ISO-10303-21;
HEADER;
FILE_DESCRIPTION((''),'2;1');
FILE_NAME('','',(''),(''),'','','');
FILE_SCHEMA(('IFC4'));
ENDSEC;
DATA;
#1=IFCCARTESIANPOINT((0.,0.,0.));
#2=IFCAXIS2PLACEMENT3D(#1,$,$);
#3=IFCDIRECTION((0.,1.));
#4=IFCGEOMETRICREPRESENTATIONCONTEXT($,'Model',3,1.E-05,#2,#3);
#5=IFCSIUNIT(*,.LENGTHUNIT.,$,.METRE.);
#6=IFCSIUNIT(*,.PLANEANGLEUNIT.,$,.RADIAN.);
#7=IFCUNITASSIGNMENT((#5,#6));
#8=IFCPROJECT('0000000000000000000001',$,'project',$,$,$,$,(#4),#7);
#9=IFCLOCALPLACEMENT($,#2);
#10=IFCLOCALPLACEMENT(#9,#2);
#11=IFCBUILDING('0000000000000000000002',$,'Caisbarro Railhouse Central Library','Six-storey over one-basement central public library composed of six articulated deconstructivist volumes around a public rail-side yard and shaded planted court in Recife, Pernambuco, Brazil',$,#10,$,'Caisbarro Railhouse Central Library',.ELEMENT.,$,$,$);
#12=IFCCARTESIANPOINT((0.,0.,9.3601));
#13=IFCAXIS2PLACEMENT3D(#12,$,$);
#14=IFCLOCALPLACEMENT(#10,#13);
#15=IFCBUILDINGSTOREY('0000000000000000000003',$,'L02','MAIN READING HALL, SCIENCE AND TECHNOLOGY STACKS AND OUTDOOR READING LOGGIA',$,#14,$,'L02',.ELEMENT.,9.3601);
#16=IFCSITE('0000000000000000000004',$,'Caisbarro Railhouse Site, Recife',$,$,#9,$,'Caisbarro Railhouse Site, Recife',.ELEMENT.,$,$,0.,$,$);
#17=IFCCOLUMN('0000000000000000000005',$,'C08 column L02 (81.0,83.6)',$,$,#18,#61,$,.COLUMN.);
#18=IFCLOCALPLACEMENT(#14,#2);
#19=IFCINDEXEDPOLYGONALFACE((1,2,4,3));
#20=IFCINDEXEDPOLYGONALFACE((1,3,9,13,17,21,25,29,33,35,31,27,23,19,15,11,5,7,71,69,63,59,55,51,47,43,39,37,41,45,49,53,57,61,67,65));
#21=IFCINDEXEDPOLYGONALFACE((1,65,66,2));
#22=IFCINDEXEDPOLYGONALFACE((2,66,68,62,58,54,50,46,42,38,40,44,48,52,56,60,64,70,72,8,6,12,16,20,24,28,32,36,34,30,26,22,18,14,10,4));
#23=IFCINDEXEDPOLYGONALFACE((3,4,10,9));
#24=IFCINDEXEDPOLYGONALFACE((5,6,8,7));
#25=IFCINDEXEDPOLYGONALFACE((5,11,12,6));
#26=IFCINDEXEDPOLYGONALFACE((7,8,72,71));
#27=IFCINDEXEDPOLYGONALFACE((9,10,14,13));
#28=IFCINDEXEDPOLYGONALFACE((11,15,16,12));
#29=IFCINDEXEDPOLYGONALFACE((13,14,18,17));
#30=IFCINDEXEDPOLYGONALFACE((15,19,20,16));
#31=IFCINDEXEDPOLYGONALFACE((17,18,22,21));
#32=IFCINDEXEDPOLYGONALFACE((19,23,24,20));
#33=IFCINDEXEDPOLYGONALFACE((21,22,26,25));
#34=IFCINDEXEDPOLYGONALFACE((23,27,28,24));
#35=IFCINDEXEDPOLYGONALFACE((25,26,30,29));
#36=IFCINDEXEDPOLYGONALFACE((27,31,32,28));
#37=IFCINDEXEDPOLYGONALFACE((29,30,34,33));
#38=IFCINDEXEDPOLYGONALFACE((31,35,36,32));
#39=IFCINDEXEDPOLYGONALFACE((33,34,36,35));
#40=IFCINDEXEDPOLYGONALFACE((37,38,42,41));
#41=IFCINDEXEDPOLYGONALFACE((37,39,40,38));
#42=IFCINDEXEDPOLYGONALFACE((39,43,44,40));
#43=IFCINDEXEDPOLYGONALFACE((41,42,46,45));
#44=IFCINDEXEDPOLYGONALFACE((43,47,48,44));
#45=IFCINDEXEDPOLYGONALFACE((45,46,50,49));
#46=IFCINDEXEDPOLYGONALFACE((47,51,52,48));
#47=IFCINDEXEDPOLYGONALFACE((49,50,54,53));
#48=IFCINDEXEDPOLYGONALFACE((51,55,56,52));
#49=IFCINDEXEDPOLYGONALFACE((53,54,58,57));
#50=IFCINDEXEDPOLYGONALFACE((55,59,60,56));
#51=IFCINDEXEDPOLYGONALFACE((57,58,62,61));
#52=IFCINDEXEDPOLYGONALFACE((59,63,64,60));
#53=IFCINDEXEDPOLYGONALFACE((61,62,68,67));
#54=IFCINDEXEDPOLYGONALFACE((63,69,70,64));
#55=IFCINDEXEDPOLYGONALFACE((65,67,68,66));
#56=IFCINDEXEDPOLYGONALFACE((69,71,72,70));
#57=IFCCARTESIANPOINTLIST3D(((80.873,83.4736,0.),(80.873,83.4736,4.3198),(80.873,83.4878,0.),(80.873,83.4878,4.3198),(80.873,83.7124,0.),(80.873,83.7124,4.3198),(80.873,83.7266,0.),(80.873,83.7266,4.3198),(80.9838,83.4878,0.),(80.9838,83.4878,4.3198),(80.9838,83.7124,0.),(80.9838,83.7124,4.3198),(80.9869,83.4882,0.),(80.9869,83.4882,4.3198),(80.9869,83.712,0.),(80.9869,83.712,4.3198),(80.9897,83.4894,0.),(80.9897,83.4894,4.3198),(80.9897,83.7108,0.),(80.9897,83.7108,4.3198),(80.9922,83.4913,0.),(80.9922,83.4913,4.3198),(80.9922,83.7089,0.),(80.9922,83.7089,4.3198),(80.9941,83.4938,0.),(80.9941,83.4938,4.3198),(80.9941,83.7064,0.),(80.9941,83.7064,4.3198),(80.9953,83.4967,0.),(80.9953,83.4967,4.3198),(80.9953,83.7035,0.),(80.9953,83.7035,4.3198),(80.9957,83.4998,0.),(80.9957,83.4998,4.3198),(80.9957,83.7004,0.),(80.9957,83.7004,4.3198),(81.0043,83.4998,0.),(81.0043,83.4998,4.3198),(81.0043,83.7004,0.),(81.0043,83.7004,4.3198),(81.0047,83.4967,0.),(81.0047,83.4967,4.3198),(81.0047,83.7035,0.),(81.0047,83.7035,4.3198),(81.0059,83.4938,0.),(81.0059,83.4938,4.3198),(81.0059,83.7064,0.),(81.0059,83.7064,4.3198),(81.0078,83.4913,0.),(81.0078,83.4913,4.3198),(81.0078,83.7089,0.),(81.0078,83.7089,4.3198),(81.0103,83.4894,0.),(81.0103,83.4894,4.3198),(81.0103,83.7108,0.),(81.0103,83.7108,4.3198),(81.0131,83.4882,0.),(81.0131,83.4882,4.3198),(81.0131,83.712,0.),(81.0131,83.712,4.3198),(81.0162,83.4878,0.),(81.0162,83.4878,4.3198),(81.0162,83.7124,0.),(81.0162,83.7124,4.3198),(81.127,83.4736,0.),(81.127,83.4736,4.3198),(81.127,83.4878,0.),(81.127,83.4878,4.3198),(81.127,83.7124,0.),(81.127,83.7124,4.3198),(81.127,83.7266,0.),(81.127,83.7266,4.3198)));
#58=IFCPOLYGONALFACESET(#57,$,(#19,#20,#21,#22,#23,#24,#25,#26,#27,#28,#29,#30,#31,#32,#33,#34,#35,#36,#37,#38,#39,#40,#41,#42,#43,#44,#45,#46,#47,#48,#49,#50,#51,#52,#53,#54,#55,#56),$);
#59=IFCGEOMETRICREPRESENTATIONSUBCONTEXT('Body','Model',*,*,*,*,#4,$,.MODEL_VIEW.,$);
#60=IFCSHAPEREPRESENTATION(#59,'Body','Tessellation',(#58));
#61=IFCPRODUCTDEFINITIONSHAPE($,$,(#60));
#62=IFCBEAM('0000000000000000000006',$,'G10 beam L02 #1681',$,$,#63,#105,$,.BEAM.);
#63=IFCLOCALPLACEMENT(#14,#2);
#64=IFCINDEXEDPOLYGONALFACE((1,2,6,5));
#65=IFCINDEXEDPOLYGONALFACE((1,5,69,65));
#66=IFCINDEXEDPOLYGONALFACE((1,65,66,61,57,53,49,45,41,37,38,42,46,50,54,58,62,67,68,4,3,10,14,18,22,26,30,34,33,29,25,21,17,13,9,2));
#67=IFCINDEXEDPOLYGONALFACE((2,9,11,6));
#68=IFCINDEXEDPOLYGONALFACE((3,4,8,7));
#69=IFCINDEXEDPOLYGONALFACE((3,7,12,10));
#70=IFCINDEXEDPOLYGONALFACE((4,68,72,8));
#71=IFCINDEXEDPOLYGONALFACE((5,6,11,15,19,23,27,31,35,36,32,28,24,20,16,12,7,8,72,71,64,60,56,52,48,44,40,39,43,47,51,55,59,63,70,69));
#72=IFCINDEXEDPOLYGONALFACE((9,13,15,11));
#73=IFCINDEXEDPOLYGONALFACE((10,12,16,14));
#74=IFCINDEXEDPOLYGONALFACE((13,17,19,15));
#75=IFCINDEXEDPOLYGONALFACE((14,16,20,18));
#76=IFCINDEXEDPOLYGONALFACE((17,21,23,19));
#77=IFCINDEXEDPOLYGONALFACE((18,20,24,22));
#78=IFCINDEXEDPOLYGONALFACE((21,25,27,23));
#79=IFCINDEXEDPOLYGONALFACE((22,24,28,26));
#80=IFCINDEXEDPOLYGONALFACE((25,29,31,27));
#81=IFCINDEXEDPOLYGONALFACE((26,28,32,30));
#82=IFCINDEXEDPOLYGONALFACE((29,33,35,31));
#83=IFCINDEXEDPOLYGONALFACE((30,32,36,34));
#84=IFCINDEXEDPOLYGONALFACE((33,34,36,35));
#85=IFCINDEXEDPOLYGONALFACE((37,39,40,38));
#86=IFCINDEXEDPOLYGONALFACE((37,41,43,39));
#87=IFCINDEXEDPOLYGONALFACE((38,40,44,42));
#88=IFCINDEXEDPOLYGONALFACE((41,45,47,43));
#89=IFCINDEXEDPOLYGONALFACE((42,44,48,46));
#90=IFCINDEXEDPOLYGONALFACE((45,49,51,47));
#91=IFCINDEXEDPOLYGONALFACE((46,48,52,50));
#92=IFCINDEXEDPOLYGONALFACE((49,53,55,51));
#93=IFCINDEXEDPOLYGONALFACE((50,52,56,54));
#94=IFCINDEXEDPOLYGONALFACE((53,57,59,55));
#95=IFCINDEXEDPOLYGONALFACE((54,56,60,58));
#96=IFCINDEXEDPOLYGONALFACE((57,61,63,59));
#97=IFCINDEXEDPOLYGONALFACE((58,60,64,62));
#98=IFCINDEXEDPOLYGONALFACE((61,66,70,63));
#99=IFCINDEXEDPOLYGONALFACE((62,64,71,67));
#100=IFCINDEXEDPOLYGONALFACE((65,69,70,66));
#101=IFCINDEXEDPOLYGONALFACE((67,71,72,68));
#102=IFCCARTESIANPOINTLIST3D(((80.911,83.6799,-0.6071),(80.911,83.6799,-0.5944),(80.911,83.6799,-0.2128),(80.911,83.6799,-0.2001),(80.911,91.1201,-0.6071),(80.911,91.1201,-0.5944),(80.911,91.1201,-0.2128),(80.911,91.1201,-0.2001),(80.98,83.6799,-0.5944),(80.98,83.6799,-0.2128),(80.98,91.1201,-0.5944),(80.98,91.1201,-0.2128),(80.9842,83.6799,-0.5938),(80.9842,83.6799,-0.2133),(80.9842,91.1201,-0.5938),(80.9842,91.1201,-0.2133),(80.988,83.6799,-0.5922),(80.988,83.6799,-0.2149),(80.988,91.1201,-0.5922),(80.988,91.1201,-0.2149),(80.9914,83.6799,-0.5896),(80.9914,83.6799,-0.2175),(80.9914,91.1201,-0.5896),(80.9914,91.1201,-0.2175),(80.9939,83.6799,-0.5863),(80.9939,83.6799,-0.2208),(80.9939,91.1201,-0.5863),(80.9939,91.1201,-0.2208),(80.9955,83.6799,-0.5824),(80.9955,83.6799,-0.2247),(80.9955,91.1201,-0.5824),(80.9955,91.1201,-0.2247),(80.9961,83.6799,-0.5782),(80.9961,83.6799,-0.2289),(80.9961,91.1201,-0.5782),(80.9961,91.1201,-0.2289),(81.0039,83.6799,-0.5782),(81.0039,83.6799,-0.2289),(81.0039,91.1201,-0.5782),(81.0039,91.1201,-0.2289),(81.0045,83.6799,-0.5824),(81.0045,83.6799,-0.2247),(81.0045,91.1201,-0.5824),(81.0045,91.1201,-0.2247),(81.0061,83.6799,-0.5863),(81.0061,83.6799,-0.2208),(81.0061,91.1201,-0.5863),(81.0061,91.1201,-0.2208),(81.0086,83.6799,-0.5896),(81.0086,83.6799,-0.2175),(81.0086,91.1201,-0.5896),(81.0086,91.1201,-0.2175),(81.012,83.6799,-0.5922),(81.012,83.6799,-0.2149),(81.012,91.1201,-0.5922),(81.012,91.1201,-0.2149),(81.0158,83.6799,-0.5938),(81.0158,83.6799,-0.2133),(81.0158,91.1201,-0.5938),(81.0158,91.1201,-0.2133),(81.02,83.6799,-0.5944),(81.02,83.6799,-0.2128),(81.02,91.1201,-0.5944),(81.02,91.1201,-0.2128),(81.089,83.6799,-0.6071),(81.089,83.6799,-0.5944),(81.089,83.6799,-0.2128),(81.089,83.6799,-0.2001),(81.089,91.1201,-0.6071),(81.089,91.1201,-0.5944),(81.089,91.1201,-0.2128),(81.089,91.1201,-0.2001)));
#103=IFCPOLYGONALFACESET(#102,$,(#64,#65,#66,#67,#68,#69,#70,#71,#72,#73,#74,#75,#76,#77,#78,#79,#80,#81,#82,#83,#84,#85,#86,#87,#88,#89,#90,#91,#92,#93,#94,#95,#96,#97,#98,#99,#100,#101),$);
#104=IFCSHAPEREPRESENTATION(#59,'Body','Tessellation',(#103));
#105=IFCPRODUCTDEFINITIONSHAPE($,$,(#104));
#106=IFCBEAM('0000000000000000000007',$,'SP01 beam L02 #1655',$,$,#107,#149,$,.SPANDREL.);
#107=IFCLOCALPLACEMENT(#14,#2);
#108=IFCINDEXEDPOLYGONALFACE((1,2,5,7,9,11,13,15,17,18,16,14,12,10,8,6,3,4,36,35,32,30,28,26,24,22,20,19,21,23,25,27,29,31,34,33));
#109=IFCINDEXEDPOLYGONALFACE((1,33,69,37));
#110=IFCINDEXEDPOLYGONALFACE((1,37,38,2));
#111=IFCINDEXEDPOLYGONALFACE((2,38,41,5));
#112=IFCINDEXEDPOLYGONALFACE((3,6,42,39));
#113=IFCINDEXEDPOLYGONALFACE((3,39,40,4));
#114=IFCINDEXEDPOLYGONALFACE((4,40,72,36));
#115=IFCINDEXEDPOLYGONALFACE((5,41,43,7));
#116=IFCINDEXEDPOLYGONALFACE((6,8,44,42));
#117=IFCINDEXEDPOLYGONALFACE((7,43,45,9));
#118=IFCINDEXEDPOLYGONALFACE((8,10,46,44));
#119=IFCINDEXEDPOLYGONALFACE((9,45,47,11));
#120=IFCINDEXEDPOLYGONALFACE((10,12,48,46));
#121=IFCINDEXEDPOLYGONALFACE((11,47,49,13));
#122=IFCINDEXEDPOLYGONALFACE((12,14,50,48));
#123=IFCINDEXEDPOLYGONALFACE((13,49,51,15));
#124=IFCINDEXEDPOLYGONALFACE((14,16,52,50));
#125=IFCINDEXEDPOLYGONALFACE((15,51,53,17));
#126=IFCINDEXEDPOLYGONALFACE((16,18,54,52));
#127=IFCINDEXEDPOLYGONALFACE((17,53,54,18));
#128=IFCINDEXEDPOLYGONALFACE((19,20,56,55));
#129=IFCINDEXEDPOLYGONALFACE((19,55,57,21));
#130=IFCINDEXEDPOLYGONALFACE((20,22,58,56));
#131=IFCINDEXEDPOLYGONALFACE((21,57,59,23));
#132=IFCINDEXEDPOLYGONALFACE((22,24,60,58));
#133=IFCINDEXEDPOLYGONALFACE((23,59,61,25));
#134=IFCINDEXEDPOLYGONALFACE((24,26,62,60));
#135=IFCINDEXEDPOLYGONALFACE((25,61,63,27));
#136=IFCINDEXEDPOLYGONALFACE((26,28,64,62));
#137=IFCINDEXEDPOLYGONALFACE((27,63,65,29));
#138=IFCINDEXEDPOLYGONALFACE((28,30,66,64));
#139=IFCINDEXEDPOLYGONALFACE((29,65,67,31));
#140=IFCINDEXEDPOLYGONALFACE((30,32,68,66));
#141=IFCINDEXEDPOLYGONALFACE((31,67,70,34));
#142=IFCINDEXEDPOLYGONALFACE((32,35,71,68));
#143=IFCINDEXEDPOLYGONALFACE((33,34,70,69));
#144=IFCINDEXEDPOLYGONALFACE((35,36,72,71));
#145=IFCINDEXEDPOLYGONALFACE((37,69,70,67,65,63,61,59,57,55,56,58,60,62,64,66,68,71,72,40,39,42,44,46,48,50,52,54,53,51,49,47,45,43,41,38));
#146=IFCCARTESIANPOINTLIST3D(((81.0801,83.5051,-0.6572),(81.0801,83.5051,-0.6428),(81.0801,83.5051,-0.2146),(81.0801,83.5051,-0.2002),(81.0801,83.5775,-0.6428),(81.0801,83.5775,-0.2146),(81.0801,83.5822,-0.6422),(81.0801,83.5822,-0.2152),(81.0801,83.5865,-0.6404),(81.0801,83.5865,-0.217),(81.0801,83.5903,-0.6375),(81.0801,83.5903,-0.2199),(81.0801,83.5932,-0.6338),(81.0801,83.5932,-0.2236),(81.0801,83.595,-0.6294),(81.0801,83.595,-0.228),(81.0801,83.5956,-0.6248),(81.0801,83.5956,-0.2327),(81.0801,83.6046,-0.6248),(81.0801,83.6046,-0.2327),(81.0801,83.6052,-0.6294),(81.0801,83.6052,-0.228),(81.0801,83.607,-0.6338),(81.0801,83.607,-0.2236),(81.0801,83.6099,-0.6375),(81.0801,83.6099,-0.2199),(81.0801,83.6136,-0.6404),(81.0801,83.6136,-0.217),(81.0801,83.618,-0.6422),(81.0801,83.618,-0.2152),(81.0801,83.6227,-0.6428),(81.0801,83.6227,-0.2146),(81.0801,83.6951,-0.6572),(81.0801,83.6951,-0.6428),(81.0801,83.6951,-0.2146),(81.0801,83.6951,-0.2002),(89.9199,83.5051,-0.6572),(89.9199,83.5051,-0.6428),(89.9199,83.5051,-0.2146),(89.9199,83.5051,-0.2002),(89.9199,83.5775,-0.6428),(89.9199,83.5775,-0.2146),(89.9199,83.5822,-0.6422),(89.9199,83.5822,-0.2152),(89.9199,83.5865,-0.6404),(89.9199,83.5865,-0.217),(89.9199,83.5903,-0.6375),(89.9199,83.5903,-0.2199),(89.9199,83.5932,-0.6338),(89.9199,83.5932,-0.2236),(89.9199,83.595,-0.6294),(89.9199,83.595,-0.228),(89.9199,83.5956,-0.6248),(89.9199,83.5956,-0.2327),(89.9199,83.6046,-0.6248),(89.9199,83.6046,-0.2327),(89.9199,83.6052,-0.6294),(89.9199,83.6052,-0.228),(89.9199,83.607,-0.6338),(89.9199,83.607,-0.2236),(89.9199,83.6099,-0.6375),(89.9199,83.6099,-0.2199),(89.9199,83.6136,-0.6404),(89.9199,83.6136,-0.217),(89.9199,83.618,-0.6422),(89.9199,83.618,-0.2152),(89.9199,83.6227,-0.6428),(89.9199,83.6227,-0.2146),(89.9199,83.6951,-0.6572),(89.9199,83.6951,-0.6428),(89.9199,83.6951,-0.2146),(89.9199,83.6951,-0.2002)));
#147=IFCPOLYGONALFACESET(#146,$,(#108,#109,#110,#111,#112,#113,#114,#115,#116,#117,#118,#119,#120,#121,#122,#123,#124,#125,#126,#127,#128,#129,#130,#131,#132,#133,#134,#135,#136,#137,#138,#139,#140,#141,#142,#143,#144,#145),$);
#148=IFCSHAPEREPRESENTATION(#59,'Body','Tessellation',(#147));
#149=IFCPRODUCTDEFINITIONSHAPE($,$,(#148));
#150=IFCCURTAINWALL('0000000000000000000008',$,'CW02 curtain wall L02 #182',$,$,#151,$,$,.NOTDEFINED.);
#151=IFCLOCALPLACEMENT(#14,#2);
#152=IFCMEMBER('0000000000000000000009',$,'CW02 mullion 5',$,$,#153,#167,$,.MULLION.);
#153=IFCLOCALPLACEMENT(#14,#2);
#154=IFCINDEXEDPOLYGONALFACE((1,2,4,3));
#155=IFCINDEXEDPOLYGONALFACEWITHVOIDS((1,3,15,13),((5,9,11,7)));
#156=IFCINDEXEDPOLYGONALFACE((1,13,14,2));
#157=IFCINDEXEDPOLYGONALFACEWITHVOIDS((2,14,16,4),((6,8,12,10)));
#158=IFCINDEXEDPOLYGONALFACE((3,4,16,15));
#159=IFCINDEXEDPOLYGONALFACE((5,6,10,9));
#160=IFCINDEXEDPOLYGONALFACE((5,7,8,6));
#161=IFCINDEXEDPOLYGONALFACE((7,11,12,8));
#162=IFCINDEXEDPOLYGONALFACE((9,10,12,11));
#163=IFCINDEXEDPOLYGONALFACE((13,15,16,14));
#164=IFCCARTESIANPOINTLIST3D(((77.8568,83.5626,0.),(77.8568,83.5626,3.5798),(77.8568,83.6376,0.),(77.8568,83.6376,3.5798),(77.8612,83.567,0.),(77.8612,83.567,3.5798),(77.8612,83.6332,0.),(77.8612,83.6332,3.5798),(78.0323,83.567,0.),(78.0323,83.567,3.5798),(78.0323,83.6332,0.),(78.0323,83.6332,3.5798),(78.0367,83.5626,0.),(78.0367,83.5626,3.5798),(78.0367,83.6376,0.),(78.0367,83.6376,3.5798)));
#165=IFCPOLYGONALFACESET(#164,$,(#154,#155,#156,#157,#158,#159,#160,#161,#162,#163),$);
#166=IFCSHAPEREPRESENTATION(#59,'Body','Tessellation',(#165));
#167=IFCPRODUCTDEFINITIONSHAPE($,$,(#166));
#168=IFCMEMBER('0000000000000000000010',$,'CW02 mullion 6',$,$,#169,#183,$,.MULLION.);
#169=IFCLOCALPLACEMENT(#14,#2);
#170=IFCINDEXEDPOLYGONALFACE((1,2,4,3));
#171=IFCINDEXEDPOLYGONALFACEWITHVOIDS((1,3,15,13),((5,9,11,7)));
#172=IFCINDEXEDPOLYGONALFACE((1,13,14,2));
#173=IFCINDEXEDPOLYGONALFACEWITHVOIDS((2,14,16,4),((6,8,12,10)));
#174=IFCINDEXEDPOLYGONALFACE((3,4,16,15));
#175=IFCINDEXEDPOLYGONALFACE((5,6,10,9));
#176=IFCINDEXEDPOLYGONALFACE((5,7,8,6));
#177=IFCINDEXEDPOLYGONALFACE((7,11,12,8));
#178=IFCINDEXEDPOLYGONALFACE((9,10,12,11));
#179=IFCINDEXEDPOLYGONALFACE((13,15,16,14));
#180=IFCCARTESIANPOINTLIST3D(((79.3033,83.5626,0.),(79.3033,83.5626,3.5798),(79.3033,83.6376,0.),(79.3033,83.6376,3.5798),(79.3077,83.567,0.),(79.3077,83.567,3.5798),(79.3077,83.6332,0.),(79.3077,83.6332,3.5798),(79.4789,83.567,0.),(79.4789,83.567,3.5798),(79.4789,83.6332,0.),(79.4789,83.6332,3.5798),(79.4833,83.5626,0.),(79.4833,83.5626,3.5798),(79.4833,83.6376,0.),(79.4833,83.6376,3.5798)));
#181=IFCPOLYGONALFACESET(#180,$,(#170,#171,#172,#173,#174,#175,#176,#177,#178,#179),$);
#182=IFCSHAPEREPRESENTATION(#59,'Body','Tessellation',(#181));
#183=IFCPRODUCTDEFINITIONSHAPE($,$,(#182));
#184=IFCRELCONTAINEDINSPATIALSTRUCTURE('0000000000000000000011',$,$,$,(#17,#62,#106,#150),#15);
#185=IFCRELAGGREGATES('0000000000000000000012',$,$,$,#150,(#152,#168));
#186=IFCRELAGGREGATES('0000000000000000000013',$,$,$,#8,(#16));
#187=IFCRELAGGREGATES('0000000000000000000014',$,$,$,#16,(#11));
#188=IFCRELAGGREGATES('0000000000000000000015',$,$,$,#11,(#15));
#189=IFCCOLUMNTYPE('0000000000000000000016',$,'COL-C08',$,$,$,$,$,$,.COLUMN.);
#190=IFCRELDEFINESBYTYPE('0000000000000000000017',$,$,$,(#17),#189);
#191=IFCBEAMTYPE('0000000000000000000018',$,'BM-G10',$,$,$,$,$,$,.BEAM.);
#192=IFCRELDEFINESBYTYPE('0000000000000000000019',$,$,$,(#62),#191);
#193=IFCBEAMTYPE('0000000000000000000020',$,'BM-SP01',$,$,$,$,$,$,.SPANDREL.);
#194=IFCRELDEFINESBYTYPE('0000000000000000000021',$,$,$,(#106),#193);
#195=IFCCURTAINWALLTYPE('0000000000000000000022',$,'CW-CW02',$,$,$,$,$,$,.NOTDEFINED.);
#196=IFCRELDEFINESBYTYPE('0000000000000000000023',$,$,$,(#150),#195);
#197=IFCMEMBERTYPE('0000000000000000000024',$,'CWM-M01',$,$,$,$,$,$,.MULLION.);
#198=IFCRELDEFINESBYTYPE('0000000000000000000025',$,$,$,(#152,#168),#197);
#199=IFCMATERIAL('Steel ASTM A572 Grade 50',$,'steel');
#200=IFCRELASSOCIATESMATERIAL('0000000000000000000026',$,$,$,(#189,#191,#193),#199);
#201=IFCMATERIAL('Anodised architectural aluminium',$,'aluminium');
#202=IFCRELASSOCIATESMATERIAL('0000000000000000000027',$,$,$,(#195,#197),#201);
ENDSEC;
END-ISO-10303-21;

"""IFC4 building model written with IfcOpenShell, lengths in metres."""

from ifc_helpers import new_model, si_unit, direction, frame, origin, origin_2d, place, context, subcontext, project, spatial, hollow_rectangle, i_section, extrude, material, material_profile, profile_set, type_object, element, aggregate, save


model = new_model("IFC4")

# Units and contexts
model_context = context("Model", 3, precision=1e-05, world=origin(), true_north=direction((0.0, 1.0)))
body_context = subcontext(model_context, "Body", "Model", "MODEL_VIEW")
ifc_project = project(units=[si_unit("LENGTHUNIT", "METRE"), si_unit("PLANEANGLEUNIT", "RADIAN")], contexts=[model_context])

# Site, building, storey
site_placement = place(None, origin())
site = spatial("IfcSite", under=ifc_project, at=site_placement, Name="Caisbarro Railhouse Site, Recife", LongName="Caisbarro Railhouse Site, Recife", CompositionType="ELEMENT", RefElevation=0.0)
building_placement = place(site_placement, origin())
building = spatial("IfcBuilding", under=site, at=building_placement, Name="Caisbarro Railhouse Central Library", Description="Six-storey over one-basement central public library composed of six articulated deconstructivist volumes around a public rail-side yard and shaded planted court in Recife, Pernambuco, Brazil", LongName="Caisbarro Railhouse Central Library", CompositionType="ELEMENT")
storey_placement = place(building_placement, frame((0.0, 0.0, 9.3601)))
storey = spatial("IfcBuildingStorey", under=building, at=storey_placement, Name="L02", Description="MAIN READING HALL, SCIENCE AND TECHNOLOGY STACKS AND OUTDOOR READING LOGGIA", LongName="L02", CompositionType="ELEMENT", Elevation=9.3601)

# Column
ifc_material_1 = material(Name="Steel ASTM A572 Grade 50", Category="steel")
ifc_material_profile_1 = material_profile(ifc_material_1, i_section(OverallWidth=0.2539, OverallDepth=0.2529, WebThickness=0.0085, FlangeThickness=0.0142, FilletRadius=0.012, at=origin_2d()), Name="W250X73.0")
ifc_profile_set_1 = profile_set([ifc_material_profile_1], Name="Steel ASTM A572 Grade 50")
column_type = type_object("IfcColumnType", Name="COL-C08", PredefinedType="COLUMN", material=ifc_profile_set_1)
column_placement = place(storey_placement, frame((81.0, 83.6001, 0.0), z_axis=(0.0, 0.0, 1.0), x_axis=(1.0, 0.0, 0.0)))
element("IfcColumn", 1, at=column_placement, inside=storey, type_object=column_type, Name="C08 column L02 (81.0,83.6)", PredefinedType="COLUMN", context=body_context, shape_type="SweptSolid", body=[
    extrude(i_section(OverallWidth=0.2539, OverallDepth=0.2529, WebThickness=0.0085, FlangeThickness=0.0142, FilletRadius=0.012, at=origin_2d()), origin(), (0.0, 0.0, 1.0), 4.3198),
])

# Beams
ifc_material_profile_2 = material_profile(ifc_material_1, i_section(OverallWidth=0.178, OverallDepth=0.407, WebThickness=0.0078, FlangeThickness=0.0127, FilletRadius=0.0161, at=origin_2d()), Name="W410X60.0")
ifc_profile_set_2 = profile_set([ifc_material_profile_2], Name="Steel ASTM A572 Grade 50")
beam_type_1 = type_object("IfcBeamType", Name="BM-G10", PredefinedType="BEAM", material=ifc_profile_set_2)
beam_1_placement = place(storey_placement, frame((81.0, 83.6799, -0.4036), z_axis=(0.0, 1.0, 0.0), x_axis=(-1.0, 0.0, 0.0)))
element("IfcBeam", 2, at=beam_1_placement, inside=storey, type_object=beam_type_1, Name="G10 beam L02 #1681", PredefinedType="BEAM", context=body_context, shape_type="SweptSolid", body=[
    extrude(i_section(OverallWidth=0.178, OverallDepth=0.407, WebThickness=0.0078, FlangeThickness=0.0127, FilletRadius=0.0161, at=origin_2d()), origin(), (0.0, 0.0, 1.0), 7.4402),
])
ifc_material_profile_3 = material_profile(ifc_material_1, i_section(OverallWidth=0.1899, OverallDepth=0.457, WebThickness=0.009, FlangeThickness=0.0144, FilletRadius=0.0181, at=origin_2d()), Name="W460X74.0")
ifc_profile_set_3 = profile_set([ifc_material_profile_3], Name="Steel ASTM A572 Grade 50")
beam_type_2 = type_object("IfcBeamType", Name="BM-SP01", PredefinedType="SPANDREL", material=ifc_profile_set_3)
beam_2_placement = place(storey_placement, frame((81.0801, 83.6001, -0.4287), z_axis=(1.0, 0.0, 0.0), x_axis=(0.0, 1.0, 0.0)))
element("IfcBeam", 3, at=beam_2_placement, inside=storey, type_object=beam_type_2, Name="SP01 beam L02 #1655", PredefinedType="SPANDREL", context=body_context, shape_type="SweptSolid", body=[
    extrude(i_section(OverallWidth=0.1899, OverallDepth=0.457, WebThickness=0.009, FlangeThickness=0.0144, FilletRadius=0.0181, at=origin_2d()), origin(), (0.0, 0.0, 1.0), 8.8398),
])

# Curtain wall, members
ifc_material_2 = material(Name="Anodised architectural aluminium", Category="aluminium")
curtain_wall_type = type_object("IfcCurtainWallType", Name="CW-CW02", PredefinedType="NOTDEFINED", material=ifc_material_2)
curtain_wall_1_placement = place(storey_placement, origin())
curtain_wall_1 = element("IfcCurtainWall", 4, at=curtain_wall_1_placement, inside=storey, type_object=curtain_wall_type, Name="CW02 curtain wall L02 #182", PredefinedType="NOTDEFINED")
ifc_material_profile_4 = material_profile(ifc_material_2, hollow_rectangle(XDim=0.075, YDim=0.1799, WallThickness=0.0044, at=origin_2d()), Name="ALU-MUL-75X180")
ifc_profile_set_4 = profile_set([ifc_material_profile_4], Name="Anodised architectural aluminium")
member_type_1 = type_object("IfcMemberType", Name="CWM-M01", PredefinedType="MULLION", material=ifc_profile_set_4)
member_1_placement = place(storey_placement, frame((77.9468, 83.6001, 0.0), z_axis=(0.0, 0.0, 1.0), x_axis=(0.0, 1.0, 0.0)))
member_1 = element("IfcMember", 5, at=member_1_placement, type_object=member_type_1, Name="CW02 mullion 5", PredefinedType="MULLION", context=body_context, shape_type="SweptSolid", body=[
    extrude(hollow_rectangle(XDim=0.075, YDim=0.1799, WallThickness=0.0044, at=origin_2d()), origin(), (0.0, 0.0, 1.0), 3.5798),
])
member_2_placement = place(storey_placement, frame((79.3933, 83.6001, 0.0), z_axis=(0.0, 0.0, 1.0), x_axis=(0.0, 1.0, 0.0)))
member_2 = element("IfcMember", 6, at=member_2_placement, type_object=member_type_1, Name="CW02 mullion 6", PredefinedType="MULLION", context=body_context, shape_type="SweptSolid", body=[
    extrude(hollow_rectangle(XDim=0.075, YDim=0.1799, WallThickness=0.0044, at=origin_2d()), origin(), (0.0, 0.0, 1.0), 3.5798),
])

aggregate(curtain_wall_1, [member_1, member_2])

save(model, "model.ifc")
